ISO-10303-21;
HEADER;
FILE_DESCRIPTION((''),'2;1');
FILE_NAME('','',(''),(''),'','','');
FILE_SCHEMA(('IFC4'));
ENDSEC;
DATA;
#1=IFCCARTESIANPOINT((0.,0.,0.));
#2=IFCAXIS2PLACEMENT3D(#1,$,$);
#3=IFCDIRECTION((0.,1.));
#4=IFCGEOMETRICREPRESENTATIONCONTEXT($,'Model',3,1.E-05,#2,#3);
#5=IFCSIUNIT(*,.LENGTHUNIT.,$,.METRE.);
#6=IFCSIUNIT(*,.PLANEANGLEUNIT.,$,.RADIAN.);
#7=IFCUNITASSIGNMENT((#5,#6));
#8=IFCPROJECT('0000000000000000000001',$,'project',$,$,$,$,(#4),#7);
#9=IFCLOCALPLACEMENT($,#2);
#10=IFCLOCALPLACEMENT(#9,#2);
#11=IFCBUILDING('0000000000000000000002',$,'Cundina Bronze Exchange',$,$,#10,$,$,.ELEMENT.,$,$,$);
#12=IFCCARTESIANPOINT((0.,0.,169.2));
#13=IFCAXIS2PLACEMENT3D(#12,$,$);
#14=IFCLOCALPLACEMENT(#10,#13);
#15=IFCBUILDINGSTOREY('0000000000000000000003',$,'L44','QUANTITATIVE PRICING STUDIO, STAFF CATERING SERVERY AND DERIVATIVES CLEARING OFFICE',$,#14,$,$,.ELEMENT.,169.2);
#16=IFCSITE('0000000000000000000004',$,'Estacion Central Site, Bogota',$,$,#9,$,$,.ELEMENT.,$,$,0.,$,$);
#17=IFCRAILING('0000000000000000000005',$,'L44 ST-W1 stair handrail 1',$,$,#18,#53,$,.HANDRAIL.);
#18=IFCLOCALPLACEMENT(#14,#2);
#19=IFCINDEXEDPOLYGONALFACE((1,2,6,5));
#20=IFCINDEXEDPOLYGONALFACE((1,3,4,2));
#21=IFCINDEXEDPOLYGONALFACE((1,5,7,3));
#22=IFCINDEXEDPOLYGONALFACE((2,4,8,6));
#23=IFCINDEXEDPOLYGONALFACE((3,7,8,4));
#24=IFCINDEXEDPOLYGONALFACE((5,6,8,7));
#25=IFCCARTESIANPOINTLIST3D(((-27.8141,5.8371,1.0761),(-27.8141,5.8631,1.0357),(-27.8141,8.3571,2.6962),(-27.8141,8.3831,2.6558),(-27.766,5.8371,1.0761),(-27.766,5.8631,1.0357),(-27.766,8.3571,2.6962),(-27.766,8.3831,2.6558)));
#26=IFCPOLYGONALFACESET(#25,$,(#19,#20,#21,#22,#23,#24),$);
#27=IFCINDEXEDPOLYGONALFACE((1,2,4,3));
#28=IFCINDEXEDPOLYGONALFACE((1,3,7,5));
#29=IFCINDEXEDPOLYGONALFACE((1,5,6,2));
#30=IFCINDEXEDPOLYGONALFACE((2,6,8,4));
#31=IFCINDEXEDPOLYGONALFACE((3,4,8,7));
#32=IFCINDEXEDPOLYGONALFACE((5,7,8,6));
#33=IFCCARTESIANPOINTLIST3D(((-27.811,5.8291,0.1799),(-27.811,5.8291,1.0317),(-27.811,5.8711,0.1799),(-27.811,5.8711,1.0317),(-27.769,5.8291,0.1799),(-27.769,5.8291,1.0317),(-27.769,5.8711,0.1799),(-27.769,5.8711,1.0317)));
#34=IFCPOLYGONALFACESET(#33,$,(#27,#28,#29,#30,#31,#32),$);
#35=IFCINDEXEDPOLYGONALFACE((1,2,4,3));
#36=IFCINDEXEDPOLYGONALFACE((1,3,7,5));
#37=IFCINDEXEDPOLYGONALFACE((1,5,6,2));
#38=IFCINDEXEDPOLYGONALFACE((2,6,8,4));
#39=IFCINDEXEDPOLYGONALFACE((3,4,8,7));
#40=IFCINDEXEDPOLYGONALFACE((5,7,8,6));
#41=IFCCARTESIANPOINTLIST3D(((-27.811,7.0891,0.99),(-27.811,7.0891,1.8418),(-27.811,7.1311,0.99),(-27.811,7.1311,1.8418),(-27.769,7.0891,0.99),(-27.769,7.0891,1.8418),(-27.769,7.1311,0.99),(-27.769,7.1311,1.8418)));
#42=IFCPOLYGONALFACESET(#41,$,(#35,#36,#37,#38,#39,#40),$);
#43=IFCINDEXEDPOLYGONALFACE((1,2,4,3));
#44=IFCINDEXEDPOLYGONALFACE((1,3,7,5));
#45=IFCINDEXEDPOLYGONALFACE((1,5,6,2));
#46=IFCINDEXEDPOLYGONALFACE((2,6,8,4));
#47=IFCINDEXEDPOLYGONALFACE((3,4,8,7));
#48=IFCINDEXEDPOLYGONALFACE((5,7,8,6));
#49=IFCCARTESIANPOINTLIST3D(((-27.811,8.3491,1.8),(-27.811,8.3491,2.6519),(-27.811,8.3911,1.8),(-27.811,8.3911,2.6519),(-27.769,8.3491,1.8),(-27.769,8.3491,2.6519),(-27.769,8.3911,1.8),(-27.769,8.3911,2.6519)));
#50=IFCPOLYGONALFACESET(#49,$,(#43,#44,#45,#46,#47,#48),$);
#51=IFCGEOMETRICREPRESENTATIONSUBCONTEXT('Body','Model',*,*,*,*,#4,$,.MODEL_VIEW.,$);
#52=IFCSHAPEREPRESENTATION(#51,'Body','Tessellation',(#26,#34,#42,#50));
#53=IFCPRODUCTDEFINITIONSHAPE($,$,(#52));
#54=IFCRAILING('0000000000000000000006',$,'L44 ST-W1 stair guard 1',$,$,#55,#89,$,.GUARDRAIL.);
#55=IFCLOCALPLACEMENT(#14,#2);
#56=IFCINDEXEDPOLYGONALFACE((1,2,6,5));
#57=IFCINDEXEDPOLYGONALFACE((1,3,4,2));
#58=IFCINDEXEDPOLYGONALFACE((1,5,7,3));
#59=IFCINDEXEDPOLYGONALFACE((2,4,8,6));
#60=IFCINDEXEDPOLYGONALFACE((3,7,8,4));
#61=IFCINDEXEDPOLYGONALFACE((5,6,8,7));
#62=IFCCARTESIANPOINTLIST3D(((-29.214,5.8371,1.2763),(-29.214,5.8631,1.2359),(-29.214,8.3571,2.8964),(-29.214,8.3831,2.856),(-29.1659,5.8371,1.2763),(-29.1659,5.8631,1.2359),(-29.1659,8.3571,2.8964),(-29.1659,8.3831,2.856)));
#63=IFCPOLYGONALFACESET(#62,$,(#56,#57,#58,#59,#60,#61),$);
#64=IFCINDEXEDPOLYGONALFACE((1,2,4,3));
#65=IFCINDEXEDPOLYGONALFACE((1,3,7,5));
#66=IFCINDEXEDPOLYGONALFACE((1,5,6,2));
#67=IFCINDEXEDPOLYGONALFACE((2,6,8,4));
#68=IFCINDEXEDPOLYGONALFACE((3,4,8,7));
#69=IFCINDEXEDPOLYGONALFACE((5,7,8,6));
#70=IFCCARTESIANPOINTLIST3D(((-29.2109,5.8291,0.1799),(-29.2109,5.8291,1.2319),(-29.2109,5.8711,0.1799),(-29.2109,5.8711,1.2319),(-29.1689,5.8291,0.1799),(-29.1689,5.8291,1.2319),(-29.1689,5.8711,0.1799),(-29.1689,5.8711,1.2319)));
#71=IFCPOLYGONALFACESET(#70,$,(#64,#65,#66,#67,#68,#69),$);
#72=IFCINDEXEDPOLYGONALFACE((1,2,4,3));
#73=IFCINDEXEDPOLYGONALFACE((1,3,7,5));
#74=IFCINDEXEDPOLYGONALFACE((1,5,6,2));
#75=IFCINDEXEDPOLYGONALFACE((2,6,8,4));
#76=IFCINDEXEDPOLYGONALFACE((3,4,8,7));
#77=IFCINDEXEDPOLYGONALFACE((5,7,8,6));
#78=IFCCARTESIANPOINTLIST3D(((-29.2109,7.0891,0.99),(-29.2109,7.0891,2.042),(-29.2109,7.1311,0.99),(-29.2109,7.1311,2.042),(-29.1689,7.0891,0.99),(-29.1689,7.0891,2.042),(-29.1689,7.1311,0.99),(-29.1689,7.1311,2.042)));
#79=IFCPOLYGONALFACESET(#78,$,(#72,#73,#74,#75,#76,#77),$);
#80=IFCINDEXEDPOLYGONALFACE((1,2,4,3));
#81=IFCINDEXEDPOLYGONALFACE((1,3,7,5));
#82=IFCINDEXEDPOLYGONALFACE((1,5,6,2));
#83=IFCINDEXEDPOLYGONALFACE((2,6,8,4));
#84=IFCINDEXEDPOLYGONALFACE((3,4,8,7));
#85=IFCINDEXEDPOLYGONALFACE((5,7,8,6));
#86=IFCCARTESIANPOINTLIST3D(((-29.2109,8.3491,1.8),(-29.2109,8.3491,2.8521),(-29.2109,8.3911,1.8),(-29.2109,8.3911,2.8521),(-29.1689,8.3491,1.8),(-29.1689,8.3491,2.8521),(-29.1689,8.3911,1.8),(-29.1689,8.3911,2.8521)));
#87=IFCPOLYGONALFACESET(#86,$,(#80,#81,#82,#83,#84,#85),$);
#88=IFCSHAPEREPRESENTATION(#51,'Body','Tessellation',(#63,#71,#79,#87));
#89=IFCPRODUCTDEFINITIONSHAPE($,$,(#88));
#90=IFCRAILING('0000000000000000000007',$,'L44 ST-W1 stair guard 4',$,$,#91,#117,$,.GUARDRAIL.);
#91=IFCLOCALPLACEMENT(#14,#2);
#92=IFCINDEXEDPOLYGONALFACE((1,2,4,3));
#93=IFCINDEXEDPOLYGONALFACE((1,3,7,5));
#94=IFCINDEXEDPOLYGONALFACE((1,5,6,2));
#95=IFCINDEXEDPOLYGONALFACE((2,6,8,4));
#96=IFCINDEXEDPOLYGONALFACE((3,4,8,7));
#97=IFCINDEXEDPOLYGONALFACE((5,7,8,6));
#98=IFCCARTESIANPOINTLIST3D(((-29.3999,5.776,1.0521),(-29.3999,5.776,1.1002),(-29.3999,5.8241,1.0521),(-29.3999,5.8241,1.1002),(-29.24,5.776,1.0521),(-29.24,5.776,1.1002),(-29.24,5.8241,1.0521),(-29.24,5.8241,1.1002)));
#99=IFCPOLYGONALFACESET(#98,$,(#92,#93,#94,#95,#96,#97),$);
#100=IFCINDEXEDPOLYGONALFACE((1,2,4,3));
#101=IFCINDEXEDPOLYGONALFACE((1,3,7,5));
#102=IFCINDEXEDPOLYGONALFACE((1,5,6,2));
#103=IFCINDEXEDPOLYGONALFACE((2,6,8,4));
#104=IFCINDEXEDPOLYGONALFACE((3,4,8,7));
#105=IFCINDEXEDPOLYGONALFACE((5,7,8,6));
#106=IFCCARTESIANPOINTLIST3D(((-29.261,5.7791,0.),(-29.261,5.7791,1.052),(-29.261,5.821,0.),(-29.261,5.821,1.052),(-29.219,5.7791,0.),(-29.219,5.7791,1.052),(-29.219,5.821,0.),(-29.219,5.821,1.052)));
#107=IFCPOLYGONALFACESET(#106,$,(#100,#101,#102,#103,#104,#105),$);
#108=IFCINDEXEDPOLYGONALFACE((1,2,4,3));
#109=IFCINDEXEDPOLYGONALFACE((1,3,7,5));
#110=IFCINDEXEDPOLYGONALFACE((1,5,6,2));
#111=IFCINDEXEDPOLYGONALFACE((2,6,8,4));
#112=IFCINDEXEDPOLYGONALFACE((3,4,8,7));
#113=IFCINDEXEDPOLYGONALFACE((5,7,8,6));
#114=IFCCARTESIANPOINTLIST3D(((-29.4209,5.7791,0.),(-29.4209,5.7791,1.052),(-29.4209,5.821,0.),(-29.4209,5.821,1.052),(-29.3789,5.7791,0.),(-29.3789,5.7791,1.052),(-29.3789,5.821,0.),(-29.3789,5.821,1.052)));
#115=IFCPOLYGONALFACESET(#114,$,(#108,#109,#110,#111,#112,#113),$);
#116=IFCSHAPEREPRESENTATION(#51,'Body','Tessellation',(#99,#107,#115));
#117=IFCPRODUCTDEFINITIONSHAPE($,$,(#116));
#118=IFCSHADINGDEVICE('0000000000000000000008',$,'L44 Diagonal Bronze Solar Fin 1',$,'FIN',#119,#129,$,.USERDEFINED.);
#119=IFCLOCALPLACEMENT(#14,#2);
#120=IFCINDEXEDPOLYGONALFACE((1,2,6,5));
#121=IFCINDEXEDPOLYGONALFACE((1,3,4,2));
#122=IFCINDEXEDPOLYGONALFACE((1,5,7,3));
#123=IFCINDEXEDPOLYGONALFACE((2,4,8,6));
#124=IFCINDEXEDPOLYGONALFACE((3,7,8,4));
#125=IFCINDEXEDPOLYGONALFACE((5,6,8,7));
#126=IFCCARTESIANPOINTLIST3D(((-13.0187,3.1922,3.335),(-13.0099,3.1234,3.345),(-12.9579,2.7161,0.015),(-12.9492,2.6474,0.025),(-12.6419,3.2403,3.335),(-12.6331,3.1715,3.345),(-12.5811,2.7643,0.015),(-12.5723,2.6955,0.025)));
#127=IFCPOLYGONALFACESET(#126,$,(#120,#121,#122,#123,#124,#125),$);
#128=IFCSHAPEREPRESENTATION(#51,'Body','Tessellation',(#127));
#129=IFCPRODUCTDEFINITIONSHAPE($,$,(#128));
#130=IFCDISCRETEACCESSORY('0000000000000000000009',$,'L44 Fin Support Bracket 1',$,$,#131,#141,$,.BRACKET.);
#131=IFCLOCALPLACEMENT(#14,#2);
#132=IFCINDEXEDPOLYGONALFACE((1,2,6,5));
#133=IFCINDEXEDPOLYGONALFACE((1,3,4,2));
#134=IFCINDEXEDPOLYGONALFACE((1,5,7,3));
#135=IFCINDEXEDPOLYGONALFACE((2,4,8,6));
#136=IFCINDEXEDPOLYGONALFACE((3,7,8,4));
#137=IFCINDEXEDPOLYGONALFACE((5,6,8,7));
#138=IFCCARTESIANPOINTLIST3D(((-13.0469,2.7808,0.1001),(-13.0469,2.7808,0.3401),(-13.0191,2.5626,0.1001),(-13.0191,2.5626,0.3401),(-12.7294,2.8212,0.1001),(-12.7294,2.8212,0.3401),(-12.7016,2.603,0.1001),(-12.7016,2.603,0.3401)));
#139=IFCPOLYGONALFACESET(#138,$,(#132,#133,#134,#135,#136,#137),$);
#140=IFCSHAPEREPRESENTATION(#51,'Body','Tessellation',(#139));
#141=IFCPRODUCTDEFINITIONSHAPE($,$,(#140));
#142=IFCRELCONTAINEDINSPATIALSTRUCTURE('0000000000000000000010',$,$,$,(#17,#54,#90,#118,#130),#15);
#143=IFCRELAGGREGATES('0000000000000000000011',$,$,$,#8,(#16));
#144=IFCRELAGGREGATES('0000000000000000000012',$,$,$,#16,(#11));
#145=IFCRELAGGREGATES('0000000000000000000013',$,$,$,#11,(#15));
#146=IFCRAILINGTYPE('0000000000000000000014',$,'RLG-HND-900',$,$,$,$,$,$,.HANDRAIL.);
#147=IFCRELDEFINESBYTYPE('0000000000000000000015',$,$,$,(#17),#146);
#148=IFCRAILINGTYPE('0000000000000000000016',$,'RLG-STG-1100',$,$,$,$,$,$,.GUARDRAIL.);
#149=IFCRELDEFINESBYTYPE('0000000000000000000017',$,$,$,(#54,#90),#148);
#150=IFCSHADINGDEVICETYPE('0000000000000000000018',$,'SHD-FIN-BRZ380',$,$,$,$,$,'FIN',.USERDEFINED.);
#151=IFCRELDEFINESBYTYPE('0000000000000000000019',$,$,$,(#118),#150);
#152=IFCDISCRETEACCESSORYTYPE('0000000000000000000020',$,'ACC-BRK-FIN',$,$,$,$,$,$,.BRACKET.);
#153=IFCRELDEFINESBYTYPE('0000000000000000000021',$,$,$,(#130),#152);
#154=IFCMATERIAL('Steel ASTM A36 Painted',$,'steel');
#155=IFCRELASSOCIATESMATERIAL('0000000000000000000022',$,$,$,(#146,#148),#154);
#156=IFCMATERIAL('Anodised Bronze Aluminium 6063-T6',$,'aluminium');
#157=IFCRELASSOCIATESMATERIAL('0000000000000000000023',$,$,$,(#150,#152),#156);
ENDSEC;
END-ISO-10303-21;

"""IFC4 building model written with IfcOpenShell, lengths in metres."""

from ifc_helpers import new_model, si_unit, direction, frame, origin, origin_2d, place, context, subcontext, project, spatial, rectangle, extrude, material, material_profile, profile_set, type_object, element, save


model = new_model("IFC4")

# Units and contexts
model_context = context("Model", 3, precision=1e-05, world=origin(), true_north=direction((0.0, 1.0)))
body_context = subcontext(model_context, "Body", "Model", "MODEL_VIEW")
ifc_project = project(units=[si_unit("LENGTHUNIT", "METRE"), si_unit("PLANEANGLEUNIT", "RADIAN")], contexts=[model_context])

# Site, building, storey
site_placement = place(None, origin())
site = spatial("IfcSite", under=ifc_project, at=site_placement, Name="Estacion Central Site, Bogota", CompositionType="ELEMENT", RefElevation=0.0)
building_placement = place(site_placement, origin())
building = spatial("IfcBuilding", under=site, at=building_placement, Name="Cundina Bronze Exchange", CompositionType="ELEMENT")
storey_placement = place(building_placement, frame((0.0, 0.0, 169.2)))
storey = spatial("IfcBuildingStorey", under=building, at=storey_placement, Name="L44", Description="QUANTITATIVE PRICING STUDIO, STAFF CATERING SERVERY AND DERIVATIVES CLEARING OFFICE", CompositionType="ELEMENT", Elevation=169.2)

# Shared definitions
ifc_material_1 = material(Name="Anodised Bronze Aluminium 6063-T6", Category="aluminium")

# Shared definitions
ifc_material_2 = material(Name="Steel ASTM A36 Painted", Category="steel")

# Railings
railing_type_1 = type_object("IfcRailingType", Name="RLG-HND-900", PredefinedType="HANDRAIL", material=ifc_material_2)
railing_1_placement = place(storey_placement, frame((-27.79, 5.8501, 0.1799)))
element("IfcRailing", 1, at=railing_1_placement, inside=storey, type_object=railing_type_1, Name="L44 ST-W1 stair handrail 1", PredefinedType="HANDRAIL", context=body_context, shape_type="SweptSolid", body=[
    extrude(rectangle(XDim=0.0481, YDim=0.0481, at=origin_2d()), frame((0.0, 0.0, 0.876), z_axis=(0.0, 0.841163, 0.540782), x_axis=(-1.0, 0.0, 0.0)), (0.0, 0.0, 1.0), 2.9958),
    extrude(rectangle(XDim=0.042, YDim=0.042, at=origin_2d()), origin(), (0.0, 0.0, 1.0), 0.8518),
    extrude(rectangle(XDim=0.042, YDim=0.042, at=origin_2d()), frame((0.0, 1.26, 0.8101)), (0.0, 0.0, 1.0), 0.8518),
    extrude(rectangle(XDim=0.042, YDim=0.042, at=origin_2d()), frame((0.0, 2.52, 1.6201)), (0.0, 0.0, 1.0), 0.8518),
])
railing_type_2 = type_object("IfcRailingType", Name="RLG-STG-1100", PredefinedType="GUARDRAIL", material=ifc_material_2)
railing_2_placement = place(storey_placement, frame((-29.1899, 5.8501, 0.1799)))
element("IfcRailing", 2, at=railing_2_placement, inside=storey, type_object=railing_type_2, Name="L44 ST-W1 stair guard 1", PredefinedType="GUARDRAIL", context=body_context, shape_type="SweptSolid", body=[
    extrude(rectangle(XDim=0.0481, YDim=0.0481, at=origin_2d()), frame((0.0, 0.0, 1.0762), z_axis=(0.0, 0.841163, 0.540782), x_axis=(-1.0, 0.0, 0.0)), (0.0, 0.0, 1.0), 2.9958),
    extrude(rectangle(XDim=0.042, YDim=0.042, at=origin_2d()), origin(), (0.0, 0.0, 1.0), 1.052),
    extrude(rectangle(XDim=0.042, YDim=0.042, at=origin_2d()), frame((0.0, 1.26, 0.8101)), (0.0, 0.0, 1.0), 1.052),
    extrude(rectangle(XDim=0.042, YDim=0.042, at=origin_2d()), frame((0.0, 2.52, 1.6201)), (0.0, 0.0, 1.0), 1.052),
])
railing_3_placement = place(storey_placement, frame((-29.24, 5.8, 0.0)))
element("IfcRailing", 3, at=railing_3_placement, inside=storey, type_object=railing_type_2, Name="L44 ST-W1 stair guard 4", PredefinedType="GUARDRAIL", context=body_context, shape_type="SweptSolid", body=[
    extrude(rectangle(XDim=0.0481, YDim=0.0481, at=origin_2d()), frame((0.0, 0.0, 1.0762), z_axis=(-1.0, 0.0, 0.0), x_axis=(0.0, -1.0, 0.0)), (0.0, 0.0, 1.0), 0.1599),
    extrude(rectangle(XDim=0.042, YDim=0.042, at=origin_2d()), origin(), (0.0, 0.0, 1.0), 1.052),
    extrude(rectangle(XDim=0.042, YDim=0.042, at=origin_2d()), frame((-0.1599, 0.0, 0.0)), (0.0, 0.0, 1.0), 1.052),
])

# Shading device
ifc_material_profile_1 = material_profile(ifc_material_1, rectangle(XDim=0.0701, YDim=0.3799, at=origin_2d()), Name="FIN70X380", Category="aluminium")
ifc_profile_set_1 = profile_set([ifc_material_profile_1], Name="Anodised Bronze Aluminium 6063-T6")
shading_device_type = type_object("IfcShadingDeviceType", Name="SHD-FIN-BRZ380", ElementType="FIN", PredefinedType="USERDEFINED", material=ifc_profile_set_1)
shading_device_placement = place(storey_placement, frame((-12.7651, 2.7058, 0.02), z_axis=(-0.018122, 0.141918, 0.989713), x_axis=(0.125361, -0.981741, 0.14307)))
element("IfcShadingDevice", 4, at=shading_device_placement, inside=storey, type_object=shading_device_type, Name="L44 Diagonal Bronze Solar Fin 1", ObjectType="FIN", PredefinedType="USERDEFINED", context=body_context, shape_type="SweptSolid", body=[
    extrude(rectangle(XDim=0.0701, YDim=0.3799, at=origin_2d()), origin(), (0.0, 0.0, 1.0), 3.3545),
])

# Discrete accessory
discrete_accessory_type = type_object("IfcDiscreteAccessoryType", Name="ACC-BRK-FIN", PredefinedType="BRACKET", material=ifc_material_1)
discrete_accessory_placement = place(storey_placement, frame((-12.8743, 2.6919, 0.1001), z_axis=(0.0, 0.0, 1.0), x_axis=(-0.126476, 0.99197, 0.0)))
element("IfcDiscreteAccessory", 5, at=discrete_accessory_placement, inside=storey, type_object=discrete_accessory_type, Name="L44 Fin Support Bracket 1", PredefinedType="BRACKET", context=body_context, shape_type="SweptSolid", body=[
    extrude(rectangle(XDim=0.22, YDim=0.3201, at=origin_2d()), origin(), (0.0, 0.0, 1.0), 0.24),
])

save(model, "model.ifc")
